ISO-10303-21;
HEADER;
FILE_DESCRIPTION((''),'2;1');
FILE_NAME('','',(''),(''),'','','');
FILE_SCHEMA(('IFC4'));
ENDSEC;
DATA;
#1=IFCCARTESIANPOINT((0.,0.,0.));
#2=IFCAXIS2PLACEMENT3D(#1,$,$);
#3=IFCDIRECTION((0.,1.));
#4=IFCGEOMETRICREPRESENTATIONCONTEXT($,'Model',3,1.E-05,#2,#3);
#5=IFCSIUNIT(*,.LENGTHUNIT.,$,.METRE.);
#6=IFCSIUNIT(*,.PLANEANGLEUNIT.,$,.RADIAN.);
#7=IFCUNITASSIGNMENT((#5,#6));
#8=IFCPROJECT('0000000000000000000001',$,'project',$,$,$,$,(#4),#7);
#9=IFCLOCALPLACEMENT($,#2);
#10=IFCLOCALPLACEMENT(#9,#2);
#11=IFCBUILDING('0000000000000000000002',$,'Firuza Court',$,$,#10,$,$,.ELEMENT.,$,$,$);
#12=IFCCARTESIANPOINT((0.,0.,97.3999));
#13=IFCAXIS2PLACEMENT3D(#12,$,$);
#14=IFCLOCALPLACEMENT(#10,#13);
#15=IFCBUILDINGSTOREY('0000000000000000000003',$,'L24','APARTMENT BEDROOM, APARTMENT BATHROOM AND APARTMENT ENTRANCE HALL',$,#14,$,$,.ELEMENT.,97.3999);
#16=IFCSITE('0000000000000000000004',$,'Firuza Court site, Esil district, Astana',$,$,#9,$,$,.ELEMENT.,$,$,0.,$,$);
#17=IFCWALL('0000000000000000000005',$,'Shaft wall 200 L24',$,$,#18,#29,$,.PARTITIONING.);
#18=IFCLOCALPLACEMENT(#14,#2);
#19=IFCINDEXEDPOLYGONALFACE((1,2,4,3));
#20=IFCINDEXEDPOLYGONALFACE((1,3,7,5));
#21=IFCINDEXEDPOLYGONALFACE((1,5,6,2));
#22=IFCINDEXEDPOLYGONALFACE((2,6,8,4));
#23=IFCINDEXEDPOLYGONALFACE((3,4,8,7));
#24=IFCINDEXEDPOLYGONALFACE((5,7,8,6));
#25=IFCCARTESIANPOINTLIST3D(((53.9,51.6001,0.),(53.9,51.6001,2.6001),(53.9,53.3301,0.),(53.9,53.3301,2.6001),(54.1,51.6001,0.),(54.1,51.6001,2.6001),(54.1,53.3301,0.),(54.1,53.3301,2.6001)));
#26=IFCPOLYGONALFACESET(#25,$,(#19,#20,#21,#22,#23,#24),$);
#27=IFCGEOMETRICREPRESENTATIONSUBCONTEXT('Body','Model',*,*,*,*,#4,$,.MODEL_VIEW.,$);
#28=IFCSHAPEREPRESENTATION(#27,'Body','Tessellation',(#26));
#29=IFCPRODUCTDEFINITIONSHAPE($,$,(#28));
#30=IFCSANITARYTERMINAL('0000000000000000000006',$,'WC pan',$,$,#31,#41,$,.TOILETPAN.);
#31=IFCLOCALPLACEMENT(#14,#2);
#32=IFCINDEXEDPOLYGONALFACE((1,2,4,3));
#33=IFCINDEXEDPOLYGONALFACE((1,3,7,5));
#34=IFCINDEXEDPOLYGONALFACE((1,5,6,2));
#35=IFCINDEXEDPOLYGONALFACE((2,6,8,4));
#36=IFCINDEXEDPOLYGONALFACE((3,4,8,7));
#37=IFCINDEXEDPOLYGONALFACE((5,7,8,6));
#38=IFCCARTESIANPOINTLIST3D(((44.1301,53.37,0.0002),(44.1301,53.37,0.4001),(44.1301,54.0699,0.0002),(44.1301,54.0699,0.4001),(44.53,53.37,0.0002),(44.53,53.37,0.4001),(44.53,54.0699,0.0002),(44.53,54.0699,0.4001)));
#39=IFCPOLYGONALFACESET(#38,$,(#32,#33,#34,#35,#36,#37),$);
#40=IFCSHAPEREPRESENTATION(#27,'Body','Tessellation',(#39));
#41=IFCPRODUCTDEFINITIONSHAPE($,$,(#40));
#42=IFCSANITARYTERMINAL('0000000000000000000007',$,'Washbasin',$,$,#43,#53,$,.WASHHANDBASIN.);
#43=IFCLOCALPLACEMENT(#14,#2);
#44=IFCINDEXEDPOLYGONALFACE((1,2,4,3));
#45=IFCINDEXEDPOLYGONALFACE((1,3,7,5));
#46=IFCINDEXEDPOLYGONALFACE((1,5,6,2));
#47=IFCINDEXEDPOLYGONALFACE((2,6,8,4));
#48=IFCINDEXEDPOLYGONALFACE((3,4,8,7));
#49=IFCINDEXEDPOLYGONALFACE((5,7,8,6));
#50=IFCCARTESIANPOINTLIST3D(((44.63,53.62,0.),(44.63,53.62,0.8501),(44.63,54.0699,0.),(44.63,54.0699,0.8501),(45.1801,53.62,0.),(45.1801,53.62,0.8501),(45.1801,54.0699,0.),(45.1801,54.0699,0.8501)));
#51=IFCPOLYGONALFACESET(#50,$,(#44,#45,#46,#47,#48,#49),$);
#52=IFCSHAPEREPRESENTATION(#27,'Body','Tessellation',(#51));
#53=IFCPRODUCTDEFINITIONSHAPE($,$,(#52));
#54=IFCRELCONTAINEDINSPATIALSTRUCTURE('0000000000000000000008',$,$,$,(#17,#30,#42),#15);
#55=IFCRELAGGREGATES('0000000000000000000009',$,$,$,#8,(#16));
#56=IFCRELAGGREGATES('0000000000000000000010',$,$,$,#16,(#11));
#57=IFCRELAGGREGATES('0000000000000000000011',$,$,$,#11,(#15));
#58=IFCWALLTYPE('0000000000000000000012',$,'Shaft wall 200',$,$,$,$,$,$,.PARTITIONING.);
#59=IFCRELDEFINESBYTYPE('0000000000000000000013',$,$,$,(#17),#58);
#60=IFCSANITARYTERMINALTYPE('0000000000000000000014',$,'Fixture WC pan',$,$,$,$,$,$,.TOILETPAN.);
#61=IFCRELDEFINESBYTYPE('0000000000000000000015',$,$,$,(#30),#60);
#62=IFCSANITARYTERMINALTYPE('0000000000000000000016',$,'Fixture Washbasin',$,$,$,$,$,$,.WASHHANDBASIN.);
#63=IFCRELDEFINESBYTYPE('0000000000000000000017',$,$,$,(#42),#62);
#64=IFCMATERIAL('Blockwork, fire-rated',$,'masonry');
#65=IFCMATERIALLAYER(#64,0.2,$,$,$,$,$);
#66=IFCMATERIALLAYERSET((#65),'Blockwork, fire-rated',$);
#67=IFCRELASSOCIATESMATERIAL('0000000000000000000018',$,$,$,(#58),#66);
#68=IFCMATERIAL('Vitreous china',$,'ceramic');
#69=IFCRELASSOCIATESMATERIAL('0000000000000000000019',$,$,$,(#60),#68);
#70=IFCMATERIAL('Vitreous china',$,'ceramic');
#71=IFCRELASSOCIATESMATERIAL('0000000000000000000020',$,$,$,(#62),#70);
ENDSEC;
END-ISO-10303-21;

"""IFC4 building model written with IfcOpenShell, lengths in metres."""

from ifc_helpers import new_model, si_unit, direction, frame, frame_2d, origin, origin_2d, place, context, subcontext, project, spatial, rectangle, extrude, material, layer, layer_set, type_object, element, save


model = new_model("IFC4")

# Units and contexts
model_context = context("Model", 3, precision=1e-05, world=origin(), true_north=direction((0.0, 1.0)))
body_context = subcontext(model_context, "Body", "Model", "MODEL_VIEW")
ifc_project = project(units=[si_unit("LENGTHUNIT", "METRE"), si_unit("PLANEANGLEUNIT", "RADIAN")], contexts=[model_context])

# Site, building, storey
site_placement = place(None, origin())
site = spatial("IfcSite", under=ifc_project, at=site_placement, Name="Firuza Court site, Esil district, Astana", CompositionType="ELEMENT", RefElevation=0.0)
building_placement = place(site_placement, origin())
building = spatial("IfcBuilding", under=site, at=building_placement, Name="Firuza Court", CompositionType="ELEMENT")
storey_placement = place(building_placement, frame((0.0, 0.0, 97.3999)))
storey = spatial("IfcBuildingStorey", under=building, at=storey_placement, Name="L24", Description="APARTMENT BEDROOM, APARTMENT BATHROOM AND APARTMENT ENTRANCE HALL", CompositionType="ELEMENT", Elevation=97.3999)

# Shared definitions
ifc_material_1 = material(Name="Blockwork, fire-rated", Category="masonry")
ifc_layer_1 = layer(ifc_material_1, 0.2)
ifc_layer_set_1 = layer_set([ifc_layer_1], Name="Blockwork, fire-rated")
wall_type_1 = type_object("IfcWallType", Name="Shaft wall 200", PredefinedType="PARTITIONING", material=ifc_layer_set_1)

# Wall
wall_1_placement = place(storey_placement, frame((54.0, 51.6001, 0.0), z_axis=(0.0, 0.0, 1.0), x_axis=(0.0, 1.0, 0.0)))
element("IfcWall", 1, at=wall_1_placement, inside=storey, type_object=wall_type_1, Name="Shaft wall 200 L24", PredefinedType="PARTITIONING", context=body_context, shape_type="SweptSolid", body=[
    extrude(rectangle(XDim=1.73, YDim=0.2, at=frame_2d((0.865, 0.0))), origin(), (0.0, 0.0, 1.0), 2.6001),
])

# Sanitary terminals
ifc_material_2 = material(Name="Vitreous china", Category="ceramic")
sanitary_terminal_type_1 = type_object("IfcSanitaryTerminalType", Name="Fixture WC pan", PredefinedType="TOILETPAN", material=ifc_material_2)
sanitary_terminal_1_placement = place(storey_placement, frame((44.3301, 53.72, 0.0002), z_axis=(0.0, 0.0, 1.0), x_axis=(1.0, 0.0, 0.0)))
element("IfcSanitaryTerminal", 2, at=sanitary_terminal_1_placement, inside=storey, type_object=sanitary_terminal_type_1, Name="WC pan", PredefinedType="TOILETPAN", context=body_context, shape_type="SweptSolid", body=[
    extrude(rectangle(XDim=0.3999, YDim=0.7, at=origin_2d()), origin(), (0.0, 0.0, 1.0), 0.3999),
])
ifc_material_3 = material(Name="Vitreous china", Category="ceramic")
sanitary_terminal_type_2 = type_object("IfcSanitaryTerminalType", Name="Fixture Washbasin", PredefinedType="WASHHANDBASIN", material=ifc_material_3)
sanitary_terminal_2_placement = place(storey_placement, frame((44.905, 53.845, 0.0), z_axis=(0.0, 0.0, 1.0), x_axis=(1.0, 0.0, 0.0)))
element("IfcSanitaryTerminal", 3, at=sanitary_terminal_2_placement, inside=storey, type_object=sanitary_terminal_type_2, Name="Washbasin", PredefinedType="WASHHANDBASIN", context=body_context, shape_type="SweptSolid", body=[
    extrude(rectangle(XDim=0.55, YDim=0.45, at=origin_2d()), origin(), (0.0, 0.0, 1.0), 0.8501),
])

save(model, "model.ifc")
